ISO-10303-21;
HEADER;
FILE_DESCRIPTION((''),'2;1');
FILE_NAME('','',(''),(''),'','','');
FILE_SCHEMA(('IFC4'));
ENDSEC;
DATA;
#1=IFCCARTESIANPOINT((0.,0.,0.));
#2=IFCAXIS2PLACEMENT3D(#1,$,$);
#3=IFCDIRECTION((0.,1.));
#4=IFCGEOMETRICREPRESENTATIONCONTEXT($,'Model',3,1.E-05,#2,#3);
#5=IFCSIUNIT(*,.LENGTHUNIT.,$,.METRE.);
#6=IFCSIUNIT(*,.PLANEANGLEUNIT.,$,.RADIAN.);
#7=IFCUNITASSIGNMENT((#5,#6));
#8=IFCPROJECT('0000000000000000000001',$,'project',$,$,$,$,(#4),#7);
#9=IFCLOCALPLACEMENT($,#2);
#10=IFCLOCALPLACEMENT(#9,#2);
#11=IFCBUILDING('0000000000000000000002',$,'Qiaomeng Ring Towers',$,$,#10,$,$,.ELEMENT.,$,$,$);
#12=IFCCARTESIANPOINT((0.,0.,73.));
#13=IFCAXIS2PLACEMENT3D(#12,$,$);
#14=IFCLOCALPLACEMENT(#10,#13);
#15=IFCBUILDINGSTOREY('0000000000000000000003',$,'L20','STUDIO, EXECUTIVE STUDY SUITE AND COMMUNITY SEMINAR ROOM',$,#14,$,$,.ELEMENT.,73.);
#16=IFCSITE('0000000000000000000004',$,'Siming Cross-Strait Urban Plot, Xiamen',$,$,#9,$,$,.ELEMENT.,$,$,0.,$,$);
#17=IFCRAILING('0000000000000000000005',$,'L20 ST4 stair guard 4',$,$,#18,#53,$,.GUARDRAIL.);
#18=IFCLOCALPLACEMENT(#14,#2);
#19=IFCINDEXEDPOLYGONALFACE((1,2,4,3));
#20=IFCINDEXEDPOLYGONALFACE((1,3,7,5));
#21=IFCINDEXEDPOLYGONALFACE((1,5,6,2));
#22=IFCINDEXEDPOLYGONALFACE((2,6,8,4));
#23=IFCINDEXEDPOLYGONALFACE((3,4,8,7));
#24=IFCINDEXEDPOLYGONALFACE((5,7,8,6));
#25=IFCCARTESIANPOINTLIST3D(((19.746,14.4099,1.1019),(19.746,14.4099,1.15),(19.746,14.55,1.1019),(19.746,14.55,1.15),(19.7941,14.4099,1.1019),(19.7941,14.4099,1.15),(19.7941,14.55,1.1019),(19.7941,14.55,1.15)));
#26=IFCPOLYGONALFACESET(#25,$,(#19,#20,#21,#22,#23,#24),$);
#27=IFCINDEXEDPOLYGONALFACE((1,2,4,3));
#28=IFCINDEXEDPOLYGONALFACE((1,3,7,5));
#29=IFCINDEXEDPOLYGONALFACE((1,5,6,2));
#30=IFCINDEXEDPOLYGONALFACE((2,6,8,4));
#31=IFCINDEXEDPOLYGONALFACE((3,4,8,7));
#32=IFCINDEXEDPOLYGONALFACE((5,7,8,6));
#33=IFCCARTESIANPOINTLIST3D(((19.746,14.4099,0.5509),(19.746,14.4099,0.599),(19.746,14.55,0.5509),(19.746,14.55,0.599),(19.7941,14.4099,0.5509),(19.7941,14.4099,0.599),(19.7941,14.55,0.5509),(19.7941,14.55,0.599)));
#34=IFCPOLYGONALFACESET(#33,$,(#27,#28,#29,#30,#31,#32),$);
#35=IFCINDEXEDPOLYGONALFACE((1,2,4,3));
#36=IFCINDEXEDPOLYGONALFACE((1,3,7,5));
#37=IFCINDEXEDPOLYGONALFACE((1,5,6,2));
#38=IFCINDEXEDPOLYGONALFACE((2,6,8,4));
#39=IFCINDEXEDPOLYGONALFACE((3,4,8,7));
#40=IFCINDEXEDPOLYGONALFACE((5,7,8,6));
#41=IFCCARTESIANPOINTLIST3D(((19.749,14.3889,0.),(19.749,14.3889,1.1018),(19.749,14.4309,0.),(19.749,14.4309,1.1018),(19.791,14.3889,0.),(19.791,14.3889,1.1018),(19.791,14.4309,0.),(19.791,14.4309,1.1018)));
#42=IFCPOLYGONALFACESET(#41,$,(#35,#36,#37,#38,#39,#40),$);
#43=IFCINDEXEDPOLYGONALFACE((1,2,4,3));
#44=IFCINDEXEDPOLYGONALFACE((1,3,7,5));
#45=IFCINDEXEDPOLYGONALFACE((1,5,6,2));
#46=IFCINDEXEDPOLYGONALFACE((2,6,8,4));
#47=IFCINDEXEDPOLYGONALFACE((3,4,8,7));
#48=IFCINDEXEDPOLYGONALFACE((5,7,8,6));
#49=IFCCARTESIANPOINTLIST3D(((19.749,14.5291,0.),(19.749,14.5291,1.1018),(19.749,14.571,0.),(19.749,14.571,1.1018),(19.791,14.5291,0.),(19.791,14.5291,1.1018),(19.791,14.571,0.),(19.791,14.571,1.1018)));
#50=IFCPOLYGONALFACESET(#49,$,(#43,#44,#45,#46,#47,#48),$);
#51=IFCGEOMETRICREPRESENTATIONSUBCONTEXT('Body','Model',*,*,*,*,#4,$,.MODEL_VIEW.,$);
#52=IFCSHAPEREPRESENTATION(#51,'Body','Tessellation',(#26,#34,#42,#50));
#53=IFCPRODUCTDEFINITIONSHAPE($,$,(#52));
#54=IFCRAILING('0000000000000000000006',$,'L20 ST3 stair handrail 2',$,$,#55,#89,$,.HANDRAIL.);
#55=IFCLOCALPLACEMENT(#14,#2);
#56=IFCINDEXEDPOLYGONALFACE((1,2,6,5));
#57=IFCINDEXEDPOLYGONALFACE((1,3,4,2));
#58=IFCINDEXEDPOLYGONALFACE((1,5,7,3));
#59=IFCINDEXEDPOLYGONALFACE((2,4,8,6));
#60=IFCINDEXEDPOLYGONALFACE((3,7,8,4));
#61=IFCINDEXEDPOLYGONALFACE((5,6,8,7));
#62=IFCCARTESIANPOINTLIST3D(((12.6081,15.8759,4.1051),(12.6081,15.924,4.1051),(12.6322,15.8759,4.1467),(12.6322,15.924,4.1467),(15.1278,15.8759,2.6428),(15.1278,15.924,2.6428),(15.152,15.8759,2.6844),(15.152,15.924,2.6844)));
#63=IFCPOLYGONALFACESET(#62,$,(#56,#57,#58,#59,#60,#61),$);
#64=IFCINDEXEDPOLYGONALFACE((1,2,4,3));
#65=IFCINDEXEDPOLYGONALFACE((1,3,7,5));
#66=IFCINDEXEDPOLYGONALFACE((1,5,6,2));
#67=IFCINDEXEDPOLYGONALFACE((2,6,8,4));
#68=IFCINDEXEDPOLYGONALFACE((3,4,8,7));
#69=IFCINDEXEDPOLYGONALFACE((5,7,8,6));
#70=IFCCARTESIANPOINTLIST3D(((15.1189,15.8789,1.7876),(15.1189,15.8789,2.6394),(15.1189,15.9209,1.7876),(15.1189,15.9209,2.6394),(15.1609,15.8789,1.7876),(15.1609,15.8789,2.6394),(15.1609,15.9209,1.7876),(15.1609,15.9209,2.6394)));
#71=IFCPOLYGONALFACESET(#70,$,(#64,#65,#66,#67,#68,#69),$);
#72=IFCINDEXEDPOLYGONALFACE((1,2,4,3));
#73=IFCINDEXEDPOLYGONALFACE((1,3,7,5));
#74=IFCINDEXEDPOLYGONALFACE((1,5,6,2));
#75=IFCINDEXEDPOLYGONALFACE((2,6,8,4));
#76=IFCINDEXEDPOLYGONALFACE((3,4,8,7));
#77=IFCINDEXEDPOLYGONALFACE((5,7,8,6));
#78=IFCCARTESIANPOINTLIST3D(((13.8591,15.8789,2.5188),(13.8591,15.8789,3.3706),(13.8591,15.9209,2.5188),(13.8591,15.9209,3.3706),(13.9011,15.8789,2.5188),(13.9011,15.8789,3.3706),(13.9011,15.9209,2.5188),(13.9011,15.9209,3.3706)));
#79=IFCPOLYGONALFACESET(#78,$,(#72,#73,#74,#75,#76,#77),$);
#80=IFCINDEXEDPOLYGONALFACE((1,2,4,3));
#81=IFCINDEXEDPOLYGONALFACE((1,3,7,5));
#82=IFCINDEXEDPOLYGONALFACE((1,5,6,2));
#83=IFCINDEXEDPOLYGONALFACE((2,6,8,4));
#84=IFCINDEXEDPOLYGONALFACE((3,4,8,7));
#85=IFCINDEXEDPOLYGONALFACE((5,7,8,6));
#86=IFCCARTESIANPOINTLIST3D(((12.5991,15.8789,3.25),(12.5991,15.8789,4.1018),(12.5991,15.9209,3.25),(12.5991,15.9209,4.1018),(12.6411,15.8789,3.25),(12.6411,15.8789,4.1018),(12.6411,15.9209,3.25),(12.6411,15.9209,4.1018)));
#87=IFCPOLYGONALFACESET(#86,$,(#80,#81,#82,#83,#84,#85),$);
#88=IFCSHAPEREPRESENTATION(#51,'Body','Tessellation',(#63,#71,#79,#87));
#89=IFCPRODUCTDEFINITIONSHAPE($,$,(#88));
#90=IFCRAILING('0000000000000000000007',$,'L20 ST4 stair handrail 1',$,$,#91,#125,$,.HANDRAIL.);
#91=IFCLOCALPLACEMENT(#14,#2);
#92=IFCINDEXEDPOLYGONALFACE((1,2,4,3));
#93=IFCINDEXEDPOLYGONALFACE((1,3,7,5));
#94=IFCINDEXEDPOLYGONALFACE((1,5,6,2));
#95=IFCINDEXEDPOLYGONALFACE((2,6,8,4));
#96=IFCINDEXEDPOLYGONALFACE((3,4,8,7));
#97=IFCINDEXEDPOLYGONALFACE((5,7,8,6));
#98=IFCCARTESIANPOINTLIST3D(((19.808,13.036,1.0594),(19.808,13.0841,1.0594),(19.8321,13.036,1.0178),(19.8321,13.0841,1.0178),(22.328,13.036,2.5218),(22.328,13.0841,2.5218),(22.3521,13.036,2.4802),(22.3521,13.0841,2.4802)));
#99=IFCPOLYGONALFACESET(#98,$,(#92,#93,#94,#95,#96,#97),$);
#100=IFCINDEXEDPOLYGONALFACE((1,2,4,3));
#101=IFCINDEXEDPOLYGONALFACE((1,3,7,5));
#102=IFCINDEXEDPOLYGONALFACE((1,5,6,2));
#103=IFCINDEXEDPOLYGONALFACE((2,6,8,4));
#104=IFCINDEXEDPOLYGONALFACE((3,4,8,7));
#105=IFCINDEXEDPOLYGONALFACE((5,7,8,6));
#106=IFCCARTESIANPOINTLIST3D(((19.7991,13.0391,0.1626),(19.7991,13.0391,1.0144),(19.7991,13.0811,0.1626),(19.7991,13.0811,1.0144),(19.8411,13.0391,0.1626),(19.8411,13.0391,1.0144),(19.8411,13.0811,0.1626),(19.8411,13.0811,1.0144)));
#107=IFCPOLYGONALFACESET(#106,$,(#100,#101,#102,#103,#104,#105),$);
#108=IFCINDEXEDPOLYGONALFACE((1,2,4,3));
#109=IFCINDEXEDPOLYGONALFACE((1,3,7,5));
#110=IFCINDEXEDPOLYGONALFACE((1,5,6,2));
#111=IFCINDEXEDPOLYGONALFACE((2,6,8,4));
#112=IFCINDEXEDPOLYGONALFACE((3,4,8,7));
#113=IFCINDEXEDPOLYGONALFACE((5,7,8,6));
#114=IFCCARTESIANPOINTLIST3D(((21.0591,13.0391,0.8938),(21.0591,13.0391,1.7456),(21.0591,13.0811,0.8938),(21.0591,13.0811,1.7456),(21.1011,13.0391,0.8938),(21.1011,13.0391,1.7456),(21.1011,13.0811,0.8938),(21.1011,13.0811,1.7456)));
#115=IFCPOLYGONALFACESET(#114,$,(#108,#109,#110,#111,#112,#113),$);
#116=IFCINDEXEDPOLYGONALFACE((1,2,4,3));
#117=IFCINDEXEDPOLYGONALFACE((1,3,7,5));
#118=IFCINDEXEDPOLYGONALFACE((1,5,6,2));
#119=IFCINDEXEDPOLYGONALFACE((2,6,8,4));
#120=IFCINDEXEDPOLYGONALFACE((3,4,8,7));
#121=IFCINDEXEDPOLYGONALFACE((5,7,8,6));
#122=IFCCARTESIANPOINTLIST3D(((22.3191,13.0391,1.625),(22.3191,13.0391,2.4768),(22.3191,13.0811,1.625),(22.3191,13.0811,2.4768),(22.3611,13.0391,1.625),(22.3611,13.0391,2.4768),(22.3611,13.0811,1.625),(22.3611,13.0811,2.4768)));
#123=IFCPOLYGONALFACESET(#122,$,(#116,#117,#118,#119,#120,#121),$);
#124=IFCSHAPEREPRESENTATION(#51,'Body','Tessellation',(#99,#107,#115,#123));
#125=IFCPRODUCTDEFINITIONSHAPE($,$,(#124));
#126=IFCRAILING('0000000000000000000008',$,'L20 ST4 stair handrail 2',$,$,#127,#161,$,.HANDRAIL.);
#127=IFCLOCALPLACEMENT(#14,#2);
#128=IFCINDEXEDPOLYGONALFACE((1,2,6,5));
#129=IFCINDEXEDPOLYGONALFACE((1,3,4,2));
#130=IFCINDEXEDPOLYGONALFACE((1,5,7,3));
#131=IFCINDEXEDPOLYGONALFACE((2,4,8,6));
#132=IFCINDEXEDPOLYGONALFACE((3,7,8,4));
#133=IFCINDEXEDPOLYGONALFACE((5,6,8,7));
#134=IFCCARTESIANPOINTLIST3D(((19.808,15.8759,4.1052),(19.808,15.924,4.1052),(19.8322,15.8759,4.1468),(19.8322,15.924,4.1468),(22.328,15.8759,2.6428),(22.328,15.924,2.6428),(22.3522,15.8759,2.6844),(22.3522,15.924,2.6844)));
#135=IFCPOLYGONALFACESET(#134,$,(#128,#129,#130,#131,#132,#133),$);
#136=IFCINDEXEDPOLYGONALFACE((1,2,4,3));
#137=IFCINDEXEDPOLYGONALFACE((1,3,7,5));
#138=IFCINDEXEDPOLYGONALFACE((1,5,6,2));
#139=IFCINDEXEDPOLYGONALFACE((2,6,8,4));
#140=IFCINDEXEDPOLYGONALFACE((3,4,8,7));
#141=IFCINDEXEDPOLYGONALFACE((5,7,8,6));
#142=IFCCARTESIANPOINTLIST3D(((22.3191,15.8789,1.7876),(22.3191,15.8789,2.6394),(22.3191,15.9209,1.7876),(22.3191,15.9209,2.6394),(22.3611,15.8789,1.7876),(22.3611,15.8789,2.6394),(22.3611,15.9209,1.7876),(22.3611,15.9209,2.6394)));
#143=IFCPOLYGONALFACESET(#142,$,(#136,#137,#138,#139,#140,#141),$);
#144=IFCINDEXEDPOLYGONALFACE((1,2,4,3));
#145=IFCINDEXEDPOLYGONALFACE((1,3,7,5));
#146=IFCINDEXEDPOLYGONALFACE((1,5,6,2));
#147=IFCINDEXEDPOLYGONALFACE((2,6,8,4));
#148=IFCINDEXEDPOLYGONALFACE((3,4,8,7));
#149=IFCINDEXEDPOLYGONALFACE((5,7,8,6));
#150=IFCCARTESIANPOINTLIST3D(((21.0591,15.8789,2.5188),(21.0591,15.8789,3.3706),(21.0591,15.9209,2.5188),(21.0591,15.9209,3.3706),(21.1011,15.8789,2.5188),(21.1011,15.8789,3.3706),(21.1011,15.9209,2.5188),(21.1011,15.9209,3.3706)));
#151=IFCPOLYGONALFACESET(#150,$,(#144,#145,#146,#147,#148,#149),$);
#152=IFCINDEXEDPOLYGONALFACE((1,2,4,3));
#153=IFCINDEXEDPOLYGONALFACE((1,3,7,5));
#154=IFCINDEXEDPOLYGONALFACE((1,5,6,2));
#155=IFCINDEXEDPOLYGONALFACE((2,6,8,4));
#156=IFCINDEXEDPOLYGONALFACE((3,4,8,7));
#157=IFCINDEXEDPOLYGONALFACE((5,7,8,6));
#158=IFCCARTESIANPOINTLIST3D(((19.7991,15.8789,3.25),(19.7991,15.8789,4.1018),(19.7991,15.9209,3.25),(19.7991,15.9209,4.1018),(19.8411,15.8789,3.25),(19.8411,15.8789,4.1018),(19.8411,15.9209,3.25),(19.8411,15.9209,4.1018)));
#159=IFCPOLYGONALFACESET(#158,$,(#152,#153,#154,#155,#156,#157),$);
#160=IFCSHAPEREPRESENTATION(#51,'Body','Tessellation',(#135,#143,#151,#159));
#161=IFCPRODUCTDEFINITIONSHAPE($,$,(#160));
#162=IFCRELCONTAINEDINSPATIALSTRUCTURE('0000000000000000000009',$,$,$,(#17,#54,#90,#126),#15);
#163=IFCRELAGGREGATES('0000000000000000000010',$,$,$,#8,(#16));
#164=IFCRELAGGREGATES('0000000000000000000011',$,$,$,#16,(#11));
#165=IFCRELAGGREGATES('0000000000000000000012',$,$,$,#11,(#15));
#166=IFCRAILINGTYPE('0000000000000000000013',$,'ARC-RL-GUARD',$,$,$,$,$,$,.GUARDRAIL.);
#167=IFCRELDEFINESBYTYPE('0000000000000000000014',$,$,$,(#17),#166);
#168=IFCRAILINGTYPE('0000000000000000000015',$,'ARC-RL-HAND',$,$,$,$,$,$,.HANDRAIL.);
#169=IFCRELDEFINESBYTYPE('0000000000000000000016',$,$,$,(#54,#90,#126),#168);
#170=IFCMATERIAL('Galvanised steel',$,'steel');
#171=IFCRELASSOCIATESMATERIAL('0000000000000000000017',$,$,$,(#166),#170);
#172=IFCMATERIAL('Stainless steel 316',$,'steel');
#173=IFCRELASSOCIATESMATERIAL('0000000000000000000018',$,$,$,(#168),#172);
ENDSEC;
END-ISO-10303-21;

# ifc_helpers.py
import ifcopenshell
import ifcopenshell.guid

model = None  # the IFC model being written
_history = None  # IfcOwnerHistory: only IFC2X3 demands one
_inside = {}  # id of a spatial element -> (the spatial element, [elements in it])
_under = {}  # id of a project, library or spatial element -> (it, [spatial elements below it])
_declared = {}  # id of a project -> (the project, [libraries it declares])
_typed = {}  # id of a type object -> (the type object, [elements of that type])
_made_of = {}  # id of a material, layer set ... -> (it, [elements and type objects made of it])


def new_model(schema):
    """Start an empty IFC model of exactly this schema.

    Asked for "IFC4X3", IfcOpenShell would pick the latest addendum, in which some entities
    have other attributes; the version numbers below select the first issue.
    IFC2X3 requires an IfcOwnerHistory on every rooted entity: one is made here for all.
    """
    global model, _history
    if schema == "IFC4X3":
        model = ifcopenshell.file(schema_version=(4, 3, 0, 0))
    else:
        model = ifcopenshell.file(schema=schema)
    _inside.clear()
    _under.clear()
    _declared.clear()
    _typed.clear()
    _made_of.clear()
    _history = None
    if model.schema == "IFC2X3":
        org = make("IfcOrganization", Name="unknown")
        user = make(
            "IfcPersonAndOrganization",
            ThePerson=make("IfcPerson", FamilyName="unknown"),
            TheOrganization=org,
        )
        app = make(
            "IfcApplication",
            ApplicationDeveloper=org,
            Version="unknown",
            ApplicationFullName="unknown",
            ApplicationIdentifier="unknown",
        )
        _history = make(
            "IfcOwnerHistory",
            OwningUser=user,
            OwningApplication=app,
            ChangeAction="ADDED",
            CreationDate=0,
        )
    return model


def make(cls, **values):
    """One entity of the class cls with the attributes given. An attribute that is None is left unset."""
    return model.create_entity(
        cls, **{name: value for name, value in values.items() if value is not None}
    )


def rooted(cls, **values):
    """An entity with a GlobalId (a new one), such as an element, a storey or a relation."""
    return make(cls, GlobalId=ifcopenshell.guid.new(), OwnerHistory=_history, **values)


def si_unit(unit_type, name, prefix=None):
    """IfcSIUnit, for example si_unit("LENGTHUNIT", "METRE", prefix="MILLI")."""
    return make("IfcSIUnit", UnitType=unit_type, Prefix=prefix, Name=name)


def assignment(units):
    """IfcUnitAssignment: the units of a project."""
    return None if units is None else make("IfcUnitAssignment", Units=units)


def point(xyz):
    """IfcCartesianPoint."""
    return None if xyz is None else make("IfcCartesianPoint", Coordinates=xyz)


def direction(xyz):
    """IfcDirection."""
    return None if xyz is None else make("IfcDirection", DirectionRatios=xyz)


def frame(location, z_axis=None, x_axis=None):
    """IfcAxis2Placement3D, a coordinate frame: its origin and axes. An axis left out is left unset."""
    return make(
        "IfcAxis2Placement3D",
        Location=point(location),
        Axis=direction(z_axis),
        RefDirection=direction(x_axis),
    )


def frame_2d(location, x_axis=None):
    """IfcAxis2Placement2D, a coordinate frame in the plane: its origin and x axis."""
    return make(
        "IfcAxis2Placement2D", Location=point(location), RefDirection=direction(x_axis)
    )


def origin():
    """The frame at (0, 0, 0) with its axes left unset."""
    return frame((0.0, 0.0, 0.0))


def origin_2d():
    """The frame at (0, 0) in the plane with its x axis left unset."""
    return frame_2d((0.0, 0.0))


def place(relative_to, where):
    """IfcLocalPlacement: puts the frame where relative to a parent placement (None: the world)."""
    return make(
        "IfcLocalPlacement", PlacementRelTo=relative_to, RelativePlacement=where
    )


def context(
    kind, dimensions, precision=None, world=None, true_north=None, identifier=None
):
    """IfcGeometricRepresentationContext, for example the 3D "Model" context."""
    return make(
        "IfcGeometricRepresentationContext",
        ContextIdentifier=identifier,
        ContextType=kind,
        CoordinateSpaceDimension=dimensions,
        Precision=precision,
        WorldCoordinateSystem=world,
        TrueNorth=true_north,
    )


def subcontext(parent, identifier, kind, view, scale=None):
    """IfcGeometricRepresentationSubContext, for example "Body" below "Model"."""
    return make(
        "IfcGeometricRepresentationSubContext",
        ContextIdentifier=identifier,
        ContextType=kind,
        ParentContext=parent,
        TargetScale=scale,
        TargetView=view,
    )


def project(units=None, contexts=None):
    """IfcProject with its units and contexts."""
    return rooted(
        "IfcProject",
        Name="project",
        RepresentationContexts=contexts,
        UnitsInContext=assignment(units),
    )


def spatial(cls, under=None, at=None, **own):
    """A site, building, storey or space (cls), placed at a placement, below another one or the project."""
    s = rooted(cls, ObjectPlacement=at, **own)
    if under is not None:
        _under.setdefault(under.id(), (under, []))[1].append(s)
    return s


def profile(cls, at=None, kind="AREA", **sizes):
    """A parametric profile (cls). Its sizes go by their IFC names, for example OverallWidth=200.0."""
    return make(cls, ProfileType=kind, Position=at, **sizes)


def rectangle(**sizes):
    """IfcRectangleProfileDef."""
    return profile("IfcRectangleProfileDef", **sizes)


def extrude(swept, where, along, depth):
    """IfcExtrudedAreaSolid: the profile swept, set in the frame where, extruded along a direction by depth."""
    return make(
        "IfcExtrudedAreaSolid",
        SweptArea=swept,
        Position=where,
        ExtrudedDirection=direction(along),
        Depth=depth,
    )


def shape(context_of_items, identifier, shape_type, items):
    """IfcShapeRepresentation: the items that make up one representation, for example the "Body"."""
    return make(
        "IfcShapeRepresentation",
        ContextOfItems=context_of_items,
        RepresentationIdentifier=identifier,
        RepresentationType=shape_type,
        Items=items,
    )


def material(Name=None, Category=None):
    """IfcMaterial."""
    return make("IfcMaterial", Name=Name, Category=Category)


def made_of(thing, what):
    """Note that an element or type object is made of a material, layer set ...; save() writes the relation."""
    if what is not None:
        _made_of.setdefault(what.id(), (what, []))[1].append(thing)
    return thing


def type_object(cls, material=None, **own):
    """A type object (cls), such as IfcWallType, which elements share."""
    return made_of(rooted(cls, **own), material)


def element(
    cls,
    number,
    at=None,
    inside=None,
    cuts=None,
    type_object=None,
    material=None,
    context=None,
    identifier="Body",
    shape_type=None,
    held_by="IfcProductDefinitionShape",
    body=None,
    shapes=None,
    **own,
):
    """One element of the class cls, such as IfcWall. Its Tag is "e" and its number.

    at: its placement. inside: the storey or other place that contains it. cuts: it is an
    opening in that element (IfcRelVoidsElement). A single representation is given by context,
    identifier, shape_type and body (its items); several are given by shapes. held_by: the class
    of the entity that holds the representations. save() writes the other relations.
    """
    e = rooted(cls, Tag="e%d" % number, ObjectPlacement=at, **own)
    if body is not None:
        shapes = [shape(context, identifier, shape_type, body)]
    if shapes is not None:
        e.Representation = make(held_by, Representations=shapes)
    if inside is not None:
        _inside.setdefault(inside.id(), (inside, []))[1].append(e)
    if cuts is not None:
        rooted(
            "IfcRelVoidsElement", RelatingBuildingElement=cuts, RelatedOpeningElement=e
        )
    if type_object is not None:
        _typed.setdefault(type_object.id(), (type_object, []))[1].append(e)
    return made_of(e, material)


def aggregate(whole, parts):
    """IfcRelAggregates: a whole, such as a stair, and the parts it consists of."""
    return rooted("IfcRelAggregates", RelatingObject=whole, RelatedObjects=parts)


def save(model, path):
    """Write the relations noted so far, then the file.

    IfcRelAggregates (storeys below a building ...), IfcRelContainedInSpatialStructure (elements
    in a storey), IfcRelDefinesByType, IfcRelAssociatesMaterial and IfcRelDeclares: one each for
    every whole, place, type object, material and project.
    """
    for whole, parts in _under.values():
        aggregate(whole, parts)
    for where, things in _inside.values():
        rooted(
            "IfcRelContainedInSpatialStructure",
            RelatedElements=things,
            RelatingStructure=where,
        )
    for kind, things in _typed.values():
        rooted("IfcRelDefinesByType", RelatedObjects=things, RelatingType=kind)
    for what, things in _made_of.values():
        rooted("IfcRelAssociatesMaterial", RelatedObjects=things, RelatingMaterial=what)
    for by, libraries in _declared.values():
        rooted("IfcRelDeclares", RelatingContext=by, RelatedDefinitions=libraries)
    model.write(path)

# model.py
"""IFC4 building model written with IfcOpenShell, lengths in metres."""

from ifc_helpers import new_model, si_unit, direction, frame, origin, origin_2d, place, context, subcontext, project, spatial, rectangle, extrude, material, type_object, element, save


model = new_model("IFC4")

# Units and contexts
model_context = context("Model", 3, precision=1e-05, world=origin(), true_north=direction((0.0, 1.0)))
body_context = subcontext(model_context, "Body", "Model", "MODEL_VIEW")
ifc_project = project(units=[si_unit("LENGTHUNIT", "METRE"), si_unit("PLANEANGLEUNIT", "RADIAN")], contexts=[model_context])

# Site, building, storey
site_placement = place(None, origin())
site = spatial("IfcSite", under=ifc_project, at=site_placement, Name="Siming Cross-Strait Urban Plot, Xiamen", CompositionType="ELEMENT", RefElevation=0.0)
building_placement = place(site_placement, origin())
building = spatial("IfcBuilding", under=site, at=building_placement, Name="Qiaomeng Ring Towers", CompositionType="ELEMENT")
storey_placement = place(building_placement, frame((0.0, 0.0, 73.0)))
storey = spatial("IfcBuildingStorey", under=building, at=storey_placement, Name="L20", Description="STUDIO, EXECUTIVE STUDY SUITE AND COMMUNITY SEMINAR ROOM", CompositionType="ELEMENT", Elevation=73.0)

# Railings
ifc_material_1 = material(Name="Galvanised steel", Category="steel")
railing_type_1 = type_object("IfcRailingType", Name="ARC-RL-GUARD", PredefinedType="GUARDRAIL", material=ifc_material_1)
railing_1_placement = place(storey_placement, frame((19.77, 14.4099, 0.0)))
element("IfcRailing", 1, at=railing_1_placement, inside=storey, type_object=railing_type_1, Name="L20 ST4 stair guard 4", PredefinedType="GUARDRAIL", context=body_context, shape_type="SweptSolid", body=[
    extrude(rectangle(XDim=0.0481, YDim=0.0481, at=origin_2d()), frame((0.0, 0.0, 1.126), z_axis=(0.0, 1.0, 0.0), x_axis=(-1.0, 0.0, 0.0)), (0.0, 0.0, 1.0), 0.1401),
    extrude(rectangle(XDim=0.0481, YDim=0.0481, at=origin_2d()), frame((0.0, 0.0, 0.575), z_axis=(0.0, 1.0, 0.0), x_axis=(-1.0, 0.0, 0.0)), (0.0, 0.0, 1.0), 0.1401),
    extrude(rectangle(XDim=0.042, YDim=0.042, at=origin_2d()), origin(), (0.0, 0.0, 1.0), 1.1018),
    extrude(rectangle(XDim=0.042, YDim=0.042, at=origin_2d()), frame((0.0, 0.1401, 0.0)), (0.0, 0.0, 1.0), 1.1018),
])
ifc_material_2 = material(Name="Stainless steel 316", Category="steel")
railing_type_2 = type_object("IfcRailingType", Name="ARC-RL-HAND", PredefinedType="HANDRAIL", material=ifc_material_2)
railing_2_placement = place(storey_placement, frame((15.1399, 15.8999, 1.7876)))
element("IfcRailing", 2, at=railing_2_placement, inside=storey, type_object=railing_type_2, Name="L20 ST3 stair handrail 2", PredefinedType="HANDRAIL", context=body_context, shape_type="SweptSolid", body=[
    extrude(rectangle(XDim=0.0481, YDim=0.0481, at=origin_2d()), frame((0.0, 0.0, 0.876), z_axis=(-0.864892, 0.0, 0.501958), x_axis=(0.0, -1.0, 0.0)), (0.0, 0.0, 1.0), 2.9133),
    extrude(rectangle(XDim=0.042, YDim=0.042, at=origin_2d()), origin(), (0.0, 0.0, 1.0), 0.8518),
    extrude(rectangle(XDim=0.042, YDim=0.042, at=origin_2d()), frame((-1.2598, 0.0, 0.7312)), (0.0, 0.0, 1.0), 0.8518),
    extrude(rectangle(XDim=0.042, YDim=0.042, at=origin_2d()), frame((-2.5198, 0.0, 1.4624)), (0.0, 0.0, 1.0), 0.8518),
])
railing_3_placement = place(storey_placement, frame((19.8201, 13.0601, 0.1626)))
element("IfcRailing", 3, at=railing_3_placement, inside=storey, type_object=railing_type_2, Name="L20 ST4 stair handrail 1", PredefinedType="HANDRAIL", context=body_context, shape_type="SweptSolid", body=[
    extrude(rectangle(XDim=0.0481, YDim=0.0481, at=origin_2d()), frame((0.0, 0.0, 0.876), z_axis=(0.864913, 0.0, 0.501921), x_axis=(0.0, 1.0, 0.0)), (0.0, 0.0, 1.0), 2.9136),
    extrude(rectangle(XDim=0.042, YDim=0.042, at=origin_2d()), origin(), (0.0, 0.0, 1.0), 0.8518),
    extrude(rectangle(XDim=0.042, YDim=0.042, at=origin_2d()), frame((1.26, 0.0, 0.7312)), (0.0, 0.0, 1.0), 0.8518),
    extrude(rectangle(XDim=0.042, YDim=0.042, at=origin_2d()), frame((2.52, 0.0, 1.4624)), (0.0, 0.0, 1.0), 0.8518),
])
railing_4_placement = place(storey_placement, frame((22.3401, 15.8999, 1.7876)))
element("IfcRailing", 4, at=railing_4_placement, inside=storey, type_object=railing_type_2, Name="L20 ST4 stair handrail 2", PredefinedType="HANDRAIL", context=body_context, shape_type="SweptSolid", body=[
    extrude(rectangle(XDim=0.0481, YDim=0.0481, at=origin_2d()), frame((0.0, 0.0, 0.876), z_axis=(-0.864913, 0.0, 0.501921), x_axis=(0.0, -1.0, 0.0)), (0.0, 0.0, 1.0), 2.9136),
    extrude(rectangle(XDim=0.042, YDim=0.042, at=origin_2d()), origin(), (0.0, 0.0, 1.0), 0.8518),
    extrude(rectangle(XDim=0.042, YDim=0.042, at=origin_2d()), frame((-1.26, 0.0, 0.7312)), (0.0, 0.0, 1.0), 0.8518),
    extrude(rectangle(XDim=0.042, YDim=0.042, at=origin_2d()), frame((-2.52, 0.0, 1.4624)), (0.0, 0.0, 1.0), 0.8518),
])

save(model, "model.ifc")
